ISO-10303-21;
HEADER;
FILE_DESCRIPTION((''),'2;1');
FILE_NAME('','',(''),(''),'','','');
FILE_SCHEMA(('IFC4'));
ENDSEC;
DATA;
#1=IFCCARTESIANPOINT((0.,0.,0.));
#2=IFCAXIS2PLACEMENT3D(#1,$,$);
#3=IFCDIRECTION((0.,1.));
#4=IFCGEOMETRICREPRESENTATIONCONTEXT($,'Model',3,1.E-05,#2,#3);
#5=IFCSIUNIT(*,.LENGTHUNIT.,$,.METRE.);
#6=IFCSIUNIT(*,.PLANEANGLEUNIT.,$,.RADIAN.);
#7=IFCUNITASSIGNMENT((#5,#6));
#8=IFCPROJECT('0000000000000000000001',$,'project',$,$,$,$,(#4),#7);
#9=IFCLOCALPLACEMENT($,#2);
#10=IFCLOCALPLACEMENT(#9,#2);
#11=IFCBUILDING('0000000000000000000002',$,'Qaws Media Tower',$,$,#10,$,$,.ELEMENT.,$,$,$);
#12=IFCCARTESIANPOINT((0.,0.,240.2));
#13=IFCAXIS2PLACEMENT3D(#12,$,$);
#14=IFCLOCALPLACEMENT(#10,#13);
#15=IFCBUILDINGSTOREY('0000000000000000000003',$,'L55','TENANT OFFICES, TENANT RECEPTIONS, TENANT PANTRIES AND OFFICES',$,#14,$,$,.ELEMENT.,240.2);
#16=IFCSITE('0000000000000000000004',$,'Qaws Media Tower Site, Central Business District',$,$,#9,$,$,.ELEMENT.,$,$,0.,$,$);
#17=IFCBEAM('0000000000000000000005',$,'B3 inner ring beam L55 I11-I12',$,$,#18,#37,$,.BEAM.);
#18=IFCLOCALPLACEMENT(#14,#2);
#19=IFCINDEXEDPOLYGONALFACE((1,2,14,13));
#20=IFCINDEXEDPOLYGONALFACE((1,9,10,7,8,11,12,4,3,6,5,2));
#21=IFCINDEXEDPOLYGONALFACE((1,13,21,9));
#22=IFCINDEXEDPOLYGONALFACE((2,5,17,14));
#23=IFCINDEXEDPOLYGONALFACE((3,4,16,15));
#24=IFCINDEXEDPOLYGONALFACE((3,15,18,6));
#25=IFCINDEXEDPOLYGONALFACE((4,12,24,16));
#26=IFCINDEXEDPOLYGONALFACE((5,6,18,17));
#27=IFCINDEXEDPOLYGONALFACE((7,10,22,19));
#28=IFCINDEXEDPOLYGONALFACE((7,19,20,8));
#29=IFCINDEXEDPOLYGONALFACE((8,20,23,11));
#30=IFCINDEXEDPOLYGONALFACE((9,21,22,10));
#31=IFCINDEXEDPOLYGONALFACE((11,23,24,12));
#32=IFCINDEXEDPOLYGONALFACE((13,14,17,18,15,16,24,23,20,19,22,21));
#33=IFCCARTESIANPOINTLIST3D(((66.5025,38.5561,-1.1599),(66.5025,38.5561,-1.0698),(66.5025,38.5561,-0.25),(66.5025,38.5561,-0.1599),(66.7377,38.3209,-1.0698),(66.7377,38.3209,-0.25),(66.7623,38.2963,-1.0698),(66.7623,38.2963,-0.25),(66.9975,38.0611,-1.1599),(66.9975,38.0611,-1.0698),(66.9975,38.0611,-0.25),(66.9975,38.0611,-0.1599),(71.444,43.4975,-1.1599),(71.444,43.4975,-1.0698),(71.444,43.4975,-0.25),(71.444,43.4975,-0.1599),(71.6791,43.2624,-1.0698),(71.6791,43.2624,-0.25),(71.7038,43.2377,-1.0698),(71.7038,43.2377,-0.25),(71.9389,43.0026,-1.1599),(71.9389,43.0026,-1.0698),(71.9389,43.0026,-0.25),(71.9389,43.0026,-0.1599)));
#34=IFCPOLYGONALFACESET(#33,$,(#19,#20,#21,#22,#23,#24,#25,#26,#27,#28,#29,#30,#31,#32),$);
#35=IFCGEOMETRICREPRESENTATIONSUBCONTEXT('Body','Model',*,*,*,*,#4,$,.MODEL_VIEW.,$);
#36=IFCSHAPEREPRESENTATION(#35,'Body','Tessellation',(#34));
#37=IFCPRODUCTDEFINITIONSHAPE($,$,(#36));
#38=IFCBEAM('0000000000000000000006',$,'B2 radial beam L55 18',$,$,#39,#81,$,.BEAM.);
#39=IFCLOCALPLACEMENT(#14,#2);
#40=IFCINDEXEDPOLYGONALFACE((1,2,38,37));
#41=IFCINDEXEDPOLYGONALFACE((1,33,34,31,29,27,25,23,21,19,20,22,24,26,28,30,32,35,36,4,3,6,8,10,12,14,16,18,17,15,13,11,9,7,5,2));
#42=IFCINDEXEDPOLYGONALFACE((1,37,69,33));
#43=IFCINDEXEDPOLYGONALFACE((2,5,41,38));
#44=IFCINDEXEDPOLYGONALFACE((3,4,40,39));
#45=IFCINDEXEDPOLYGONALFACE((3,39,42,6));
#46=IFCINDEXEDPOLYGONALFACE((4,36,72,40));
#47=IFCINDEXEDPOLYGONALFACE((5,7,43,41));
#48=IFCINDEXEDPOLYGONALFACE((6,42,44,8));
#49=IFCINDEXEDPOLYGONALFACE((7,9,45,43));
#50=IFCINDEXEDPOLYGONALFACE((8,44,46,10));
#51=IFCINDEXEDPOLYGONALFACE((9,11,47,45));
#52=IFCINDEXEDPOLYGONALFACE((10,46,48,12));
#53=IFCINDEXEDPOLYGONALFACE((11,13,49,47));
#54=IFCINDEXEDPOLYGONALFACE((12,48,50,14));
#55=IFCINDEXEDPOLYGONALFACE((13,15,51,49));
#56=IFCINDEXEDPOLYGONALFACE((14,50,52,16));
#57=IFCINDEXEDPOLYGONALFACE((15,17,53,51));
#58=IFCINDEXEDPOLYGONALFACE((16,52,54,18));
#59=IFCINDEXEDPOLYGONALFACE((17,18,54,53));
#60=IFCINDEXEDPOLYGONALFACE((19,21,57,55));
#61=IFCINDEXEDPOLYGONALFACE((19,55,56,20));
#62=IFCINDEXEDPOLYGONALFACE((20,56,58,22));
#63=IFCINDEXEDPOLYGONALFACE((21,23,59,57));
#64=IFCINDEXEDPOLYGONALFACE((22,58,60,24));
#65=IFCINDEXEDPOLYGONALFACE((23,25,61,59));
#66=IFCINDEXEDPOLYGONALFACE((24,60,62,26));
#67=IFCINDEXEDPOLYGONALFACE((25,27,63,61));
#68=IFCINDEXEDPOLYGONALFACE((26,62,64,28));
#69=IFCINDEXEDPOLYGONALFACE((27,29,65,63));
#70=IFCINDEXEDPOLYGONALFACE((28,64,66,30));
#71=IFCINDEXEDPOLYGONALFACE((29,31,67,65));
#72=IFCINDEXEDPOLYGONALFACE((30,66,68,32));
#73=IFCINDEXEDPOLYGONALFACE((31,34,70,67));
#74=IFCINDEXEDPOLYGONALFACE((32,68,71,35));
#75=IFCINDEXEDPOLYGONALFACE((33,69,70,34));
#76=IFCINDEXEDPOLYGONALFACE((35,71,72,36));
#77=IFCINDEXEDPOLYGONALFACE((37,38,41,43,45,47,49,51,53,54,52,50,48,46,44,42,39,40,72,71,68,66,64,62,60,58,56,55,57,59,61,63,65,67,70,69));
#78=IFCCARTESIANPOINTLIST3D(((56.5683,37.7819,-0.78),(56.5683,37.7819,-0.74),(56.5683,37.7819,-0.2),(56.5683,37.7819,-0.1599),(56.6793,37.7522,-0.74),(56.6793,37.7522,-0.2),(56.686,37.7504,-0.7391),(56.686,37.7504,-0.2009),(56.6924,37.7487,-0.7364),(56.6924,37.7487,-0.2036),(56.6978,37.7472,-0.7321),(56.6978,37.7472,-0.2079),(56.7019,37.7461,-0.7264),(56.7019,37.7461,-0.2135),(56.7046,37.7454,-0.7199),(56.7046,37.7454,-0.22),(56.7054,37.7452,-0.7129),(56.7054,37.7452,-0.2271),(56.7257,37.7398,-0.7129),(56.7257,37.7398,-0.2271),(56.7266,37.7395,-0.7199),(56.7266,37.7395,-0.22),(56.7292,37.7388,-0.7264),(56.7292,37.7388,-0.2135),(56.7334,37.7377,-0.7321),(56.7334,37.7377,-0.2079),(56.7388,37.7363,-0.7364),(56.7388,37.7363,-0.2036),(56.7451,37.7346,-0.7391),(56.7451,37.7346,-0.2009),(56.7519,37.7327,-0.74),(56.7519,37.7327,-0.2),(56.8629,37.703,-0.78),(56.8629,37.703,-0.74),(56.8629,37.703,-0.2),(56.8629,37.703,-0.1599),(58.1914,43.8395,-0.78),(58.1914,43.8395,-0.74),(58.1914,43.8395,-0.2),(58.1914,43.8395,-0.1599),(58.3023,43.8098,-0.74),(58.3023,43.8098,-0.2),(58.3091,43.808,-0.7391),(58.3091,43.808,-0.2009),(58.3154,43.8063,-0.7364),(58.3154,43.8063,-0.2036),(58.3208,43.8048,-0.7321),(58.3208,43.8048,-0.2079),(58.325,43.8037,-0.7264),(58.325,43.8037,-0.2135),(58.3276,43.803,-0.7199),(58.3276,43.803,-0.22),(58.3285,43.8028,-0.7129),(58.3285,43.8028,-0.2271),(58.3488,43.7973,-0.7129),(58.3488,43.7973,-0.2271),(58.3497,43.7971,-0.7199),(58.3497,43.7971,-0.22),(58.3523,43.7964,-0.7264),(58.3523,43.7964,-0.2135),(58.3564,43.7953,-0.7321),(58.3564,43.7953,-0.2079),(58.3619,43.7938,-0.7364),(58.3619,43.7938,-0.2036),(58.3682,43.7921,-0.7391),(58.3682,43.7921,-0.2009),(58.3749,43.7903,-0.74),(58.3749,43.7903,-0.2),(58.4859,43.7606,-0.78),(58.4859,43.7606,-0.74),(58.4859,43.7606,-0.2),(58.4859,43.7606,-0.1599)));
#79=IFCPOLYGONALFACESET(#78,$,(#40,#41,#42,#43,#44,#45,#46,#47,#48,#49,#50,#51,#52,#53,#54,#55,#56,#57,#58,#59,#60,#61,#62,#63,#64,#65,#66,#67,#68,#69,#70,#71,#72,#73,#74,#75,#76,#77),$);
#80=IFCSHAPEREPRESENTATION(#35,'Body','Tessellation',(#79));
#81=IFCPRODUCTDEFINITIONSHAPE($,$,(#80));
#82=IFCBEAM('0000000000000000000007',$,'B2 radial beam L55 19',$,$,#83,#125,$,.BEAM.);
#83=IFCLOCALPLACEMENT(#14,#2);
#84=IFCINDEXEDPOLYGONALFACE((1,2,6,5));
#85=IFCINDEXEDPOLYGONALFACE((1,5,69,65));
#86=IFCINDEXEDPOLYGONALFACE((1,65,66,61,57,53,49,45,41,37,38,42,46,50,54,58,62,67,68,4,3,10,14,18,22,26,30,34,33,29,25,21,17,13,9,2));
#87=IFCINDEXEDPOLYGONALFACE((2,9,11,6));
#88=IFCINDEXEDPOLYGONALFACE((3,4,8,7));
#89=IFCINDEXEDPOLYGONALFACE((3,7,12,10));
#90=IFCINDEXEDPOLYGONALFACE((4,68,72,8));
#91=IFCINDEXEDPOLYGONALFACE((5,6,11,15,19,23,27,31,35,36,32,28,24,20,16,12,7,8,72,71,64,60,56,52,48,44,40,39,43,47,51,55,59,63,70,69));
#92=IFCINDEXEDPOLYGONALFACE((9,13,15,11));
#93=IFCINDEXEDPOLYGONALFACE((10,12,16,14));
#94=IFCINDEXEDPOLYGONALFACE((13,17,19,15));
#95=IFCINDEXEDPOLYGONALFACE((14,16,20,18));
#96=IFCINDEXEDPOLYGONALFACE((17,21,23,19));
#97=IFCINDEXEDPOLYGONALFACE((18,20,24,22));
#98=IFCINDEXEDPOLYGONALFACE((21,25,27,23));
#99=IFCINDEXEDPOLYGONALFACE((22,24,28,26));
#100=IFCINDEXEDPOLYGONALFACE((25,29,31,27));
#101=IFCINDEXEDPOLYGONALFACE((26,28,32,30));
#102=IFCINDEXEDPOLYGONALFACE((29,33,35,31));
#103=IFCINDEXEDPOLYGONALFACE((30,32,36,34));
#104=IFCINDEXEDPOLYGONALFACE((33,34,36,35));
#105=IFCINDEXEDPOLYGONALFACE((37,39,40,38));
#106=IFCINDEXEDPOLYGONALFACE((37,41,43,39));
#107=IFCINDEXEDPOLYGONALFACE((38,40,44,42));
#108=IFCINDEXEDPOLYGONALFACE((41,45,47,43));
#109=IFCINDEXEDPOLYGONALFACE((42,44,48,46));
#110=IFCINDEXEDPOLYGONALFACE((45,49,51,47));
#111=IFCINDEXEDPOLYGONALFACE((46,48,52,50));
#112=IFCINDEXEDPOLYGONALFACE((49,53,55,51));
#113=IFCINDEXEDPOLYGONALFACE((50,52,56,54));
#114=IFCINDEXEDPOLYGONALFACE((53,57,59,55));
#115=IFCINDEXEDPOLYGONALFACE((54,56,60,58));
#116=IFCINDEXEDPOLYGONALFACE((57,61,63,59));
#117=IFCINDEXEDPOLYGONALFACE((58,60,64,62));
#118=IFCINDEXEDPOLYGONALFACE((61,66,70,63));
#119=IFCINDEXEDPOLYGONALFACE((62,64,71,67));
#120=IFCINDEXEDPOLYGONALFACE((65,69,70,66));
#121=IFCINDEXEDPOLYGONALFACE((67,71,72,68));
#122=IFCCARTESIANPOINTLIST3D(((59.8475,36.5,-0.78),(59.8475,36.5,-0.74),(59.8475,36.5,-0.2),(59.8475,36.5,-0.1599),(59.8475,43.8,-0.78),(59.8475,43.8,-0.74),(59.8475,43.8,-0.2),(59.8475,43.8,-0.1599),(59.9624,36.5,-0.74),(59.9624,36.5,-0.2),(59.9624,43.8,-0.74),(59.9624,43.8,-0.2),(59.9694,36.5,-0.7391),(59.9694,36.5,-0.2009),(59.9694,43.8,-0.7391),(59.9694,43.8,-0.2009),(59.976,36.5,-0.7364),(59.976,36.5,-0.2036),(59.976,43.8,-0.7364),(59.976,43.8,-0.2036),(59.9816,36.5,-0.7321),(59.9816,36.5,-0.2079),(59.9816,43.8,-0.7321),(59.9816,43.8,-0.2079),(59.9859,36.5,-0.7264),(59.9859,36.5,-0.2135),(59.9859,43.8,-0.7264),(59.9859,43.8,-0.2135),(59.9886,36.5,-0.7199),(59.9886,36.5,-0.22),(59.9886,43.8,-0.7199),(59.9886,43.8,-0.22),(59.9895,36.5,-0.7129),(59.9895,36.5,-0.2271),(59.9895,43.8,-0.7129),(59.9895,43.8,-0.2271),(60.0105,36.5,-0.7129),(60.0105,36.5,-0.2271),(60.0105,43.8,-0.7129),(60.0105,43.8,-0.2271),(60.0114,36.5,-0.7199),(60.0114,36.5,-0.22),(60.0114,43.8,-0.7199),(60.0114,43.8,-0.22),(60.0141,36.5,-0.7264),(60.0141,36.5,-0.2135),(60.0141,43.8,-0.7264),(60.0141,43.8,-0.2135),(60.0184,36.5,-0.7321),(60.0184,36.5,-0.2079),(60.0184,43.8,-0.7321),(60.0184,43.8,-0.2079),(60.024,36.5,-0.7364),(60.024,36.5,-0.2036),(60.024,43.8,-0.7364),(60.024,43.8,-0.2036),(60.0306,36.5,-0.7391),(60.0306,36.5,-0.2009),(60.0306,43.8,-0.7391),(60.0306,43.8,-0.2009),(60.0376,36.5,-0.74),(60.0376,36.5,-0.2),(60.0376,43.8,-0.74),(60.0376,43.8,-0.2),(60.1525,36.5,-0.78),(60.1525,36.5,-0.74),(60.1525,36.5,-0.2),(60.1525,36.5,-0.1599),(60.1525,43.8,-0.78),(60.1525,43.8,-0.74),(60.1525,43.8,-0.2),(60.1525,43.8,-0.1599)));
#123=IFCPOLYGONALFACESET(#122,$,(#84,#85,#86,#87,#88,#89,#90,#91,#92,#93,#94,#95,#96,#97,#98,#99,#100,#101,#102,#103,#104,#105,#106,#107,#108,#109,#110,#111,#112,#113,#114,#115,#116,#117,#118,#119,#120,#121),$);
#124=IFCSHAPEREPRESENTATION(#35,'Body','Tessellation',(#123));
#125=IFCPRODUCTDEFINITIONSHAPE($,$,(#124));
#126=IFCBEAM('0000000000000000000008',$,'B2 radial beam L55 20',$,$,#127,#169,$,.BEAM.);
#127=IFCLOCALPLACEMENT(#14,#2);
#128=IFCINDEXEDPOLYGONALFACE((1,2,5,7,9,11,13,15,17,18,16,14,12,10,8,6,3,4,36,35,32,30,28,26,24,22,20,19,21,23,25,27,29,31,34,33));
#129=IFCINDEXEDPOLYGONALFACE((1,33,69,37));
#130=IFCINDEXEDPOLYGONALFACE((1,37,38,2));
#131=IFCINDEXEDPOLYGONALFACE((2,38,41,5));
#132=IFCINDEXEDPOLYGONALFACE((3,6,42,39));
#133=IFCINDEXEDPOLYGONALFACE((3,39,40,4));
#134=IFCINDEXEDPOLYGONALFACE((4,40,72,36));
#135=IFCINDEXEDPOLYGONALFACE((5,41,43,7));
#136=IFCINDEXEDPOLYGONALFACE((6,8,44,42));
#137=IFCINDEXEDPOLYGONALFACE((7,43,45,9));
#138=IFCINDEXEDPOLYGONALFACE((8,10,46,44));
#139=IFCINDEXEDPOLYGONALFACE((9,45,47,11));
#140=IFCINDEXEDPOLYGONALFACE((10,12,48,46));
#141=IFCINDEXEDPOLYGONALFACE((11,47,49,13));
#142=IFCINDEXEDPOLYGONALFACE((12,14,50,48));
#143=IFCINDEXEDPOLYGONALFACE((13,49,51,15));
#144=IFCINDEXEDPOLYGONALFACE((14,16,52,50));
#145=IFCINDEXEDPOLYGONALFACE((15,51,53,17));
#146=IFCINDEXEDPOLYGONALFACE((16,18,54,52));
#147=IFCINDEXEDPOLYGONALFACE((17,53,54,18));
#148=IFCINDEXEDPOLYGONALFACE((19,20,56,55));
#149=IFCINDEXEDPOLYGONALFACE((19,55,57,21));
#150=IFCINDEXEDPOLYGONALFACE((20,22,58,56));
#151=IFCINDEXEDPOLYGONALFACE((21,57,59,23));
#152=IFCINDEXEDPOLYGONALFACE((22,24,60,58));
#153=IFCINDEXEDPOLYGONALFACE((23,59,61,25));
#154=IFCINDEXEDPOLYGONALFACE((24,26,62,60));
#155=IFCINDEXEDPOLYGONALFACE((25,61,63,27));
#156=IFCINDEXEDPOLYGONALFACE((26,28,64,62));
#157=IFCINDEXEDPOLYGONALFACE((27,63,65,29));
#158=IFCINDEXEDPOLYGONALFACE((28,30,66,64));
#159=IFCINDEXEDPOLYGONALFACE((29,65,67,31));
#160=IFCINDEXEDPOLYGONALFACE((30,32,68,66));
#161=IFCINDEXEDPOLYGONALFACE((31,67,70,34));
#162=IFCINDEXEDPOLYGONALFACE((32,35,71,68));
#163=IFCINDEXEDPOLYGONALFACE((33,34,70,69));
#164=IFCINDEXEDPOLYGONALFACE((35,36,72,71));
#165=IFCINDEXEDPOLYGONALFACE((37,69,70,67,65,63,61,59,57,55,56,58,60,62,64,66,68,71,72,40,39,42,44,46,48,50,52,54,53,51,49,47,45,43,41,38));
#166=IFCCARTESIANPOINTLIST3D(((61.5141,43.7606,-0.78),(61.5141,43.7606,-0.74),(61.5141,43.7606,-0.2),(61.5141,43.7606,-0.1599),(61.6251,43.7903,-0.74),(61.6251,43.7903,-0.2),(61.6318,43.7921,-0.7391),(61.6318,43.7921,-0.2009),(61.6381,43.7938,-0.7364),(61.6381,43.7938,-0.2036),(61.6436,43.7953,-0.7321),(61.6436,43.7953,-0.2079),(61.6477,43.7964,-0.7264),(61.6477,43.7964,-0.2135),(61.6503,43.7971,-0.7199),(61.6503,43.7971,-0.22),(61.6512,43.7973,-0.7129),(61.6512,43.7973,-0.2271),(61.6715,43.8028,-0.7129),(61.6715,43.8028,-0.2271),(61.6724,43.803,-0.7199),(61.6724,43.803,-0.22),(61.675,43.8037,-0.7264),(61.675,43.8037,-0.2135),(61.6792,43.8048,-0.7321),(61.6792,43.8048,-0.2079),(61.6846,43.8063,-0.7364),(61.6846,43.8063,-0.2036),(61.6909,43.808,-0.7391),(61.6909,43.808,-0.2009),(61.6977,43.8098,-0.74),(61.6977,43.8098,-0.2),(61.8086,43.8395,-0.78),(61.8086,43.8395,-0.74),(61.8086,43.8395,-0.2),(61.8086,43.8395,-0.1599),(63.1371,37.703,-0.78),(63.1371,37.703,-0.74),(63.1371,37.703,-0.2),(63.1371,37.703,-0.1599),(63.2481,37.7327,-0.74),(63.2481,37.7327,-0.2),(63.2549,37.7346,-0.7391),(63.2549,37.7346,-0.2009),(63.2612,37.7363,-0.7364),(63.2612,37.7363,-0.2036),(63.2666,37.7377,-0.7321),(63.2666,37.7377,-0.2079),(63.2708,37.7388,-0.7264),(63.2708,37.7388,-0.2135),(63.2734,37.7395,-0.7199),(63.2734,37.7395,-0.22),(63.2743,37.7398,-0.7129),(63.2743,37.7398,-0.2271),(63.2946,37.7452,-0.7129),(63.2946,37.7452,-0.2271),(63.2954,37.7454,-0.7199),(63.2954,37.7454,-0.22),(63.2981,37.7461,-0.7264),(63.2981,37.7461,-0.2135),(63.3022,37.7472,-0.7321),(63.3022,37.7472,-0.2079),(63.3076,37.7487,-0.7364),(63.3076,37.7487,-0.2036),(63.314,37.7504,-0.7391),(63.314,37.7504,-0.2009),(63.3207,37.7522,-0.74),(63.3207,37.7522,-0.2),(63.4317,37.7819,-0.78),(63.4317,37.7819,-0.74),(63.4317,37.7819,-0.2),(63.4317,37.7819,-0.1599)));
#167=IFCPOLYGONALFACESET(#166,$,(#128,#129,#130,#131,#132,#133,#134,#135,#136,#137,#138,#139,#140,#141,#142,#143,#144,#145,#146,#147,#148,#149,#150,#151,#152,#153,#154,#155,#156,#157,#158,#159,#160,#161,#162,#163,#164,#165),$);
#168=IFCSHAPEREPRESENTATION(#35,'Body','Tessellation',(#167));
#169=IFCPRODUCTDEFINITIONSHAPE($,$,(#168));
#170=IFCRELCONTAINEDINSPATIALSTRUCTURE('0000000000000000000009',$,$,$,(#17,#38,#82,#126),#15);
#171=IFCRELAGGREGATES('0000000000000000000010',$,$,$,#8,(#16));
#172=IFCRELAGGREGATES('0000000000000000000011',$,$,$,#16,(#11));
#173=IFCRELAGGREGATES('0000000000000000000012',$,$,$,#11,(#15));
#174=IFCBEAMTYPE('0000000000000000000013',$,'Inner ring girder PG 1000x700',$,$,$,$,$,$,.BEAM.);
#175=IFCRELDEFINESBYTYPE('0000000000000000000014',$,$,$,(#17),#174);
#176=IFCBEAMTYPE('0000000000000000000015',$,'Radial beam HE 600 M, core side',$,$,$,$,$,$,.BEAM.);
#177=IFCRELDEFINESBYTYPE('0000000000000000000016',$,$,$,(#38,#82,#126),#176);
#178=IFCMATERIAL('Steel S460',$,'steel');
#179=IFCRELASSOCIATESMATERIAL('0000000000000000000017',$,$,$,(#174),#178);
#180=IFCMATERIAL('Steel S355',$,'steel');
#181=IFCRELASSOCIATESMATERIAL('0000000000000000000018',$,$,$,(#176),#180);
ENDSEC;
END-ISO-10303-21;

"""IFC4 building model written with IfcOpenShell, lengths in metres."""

from ifc_helpers import new_model, si_unit, direction, frame, origin, origin_2d, place, context, subcontext, project, spatial, i_section, extrude, material, material_profile, profile_set, type_object, element, save


model = new_model("IFC4")

# Units and contexts
model_context = context("Model", 3, precision=1e-05, world=origin(), true_north=direction((0.0, 1.0)))
body_context = subcontext(model_context, "Body", "Model", "MODEL_VIEW")
ifc_project = project(units=[si_unit("LENGTHUNIT", "METRE"), si_unit("PLANEANGLEUNIT", "RADIAN")], contexts=[model_context])

# Site, building, storey
site_placement = place(None, origin())
site = spatial("IfcSite", under=ifc_project, at=site_placement, Name="Qaws Media Tower Site, Central Business District", CompositionType="ELEMENT", RefElevation=0.0)
building_placement = place(site_placement, origin())
building = spatial("IfcBuilding", under=site, at=building_placement, Name="Qaws Media Tower", CompositionType="ELEMENT")
storey_placement = place(building_placement, frame((0.0, 0.0, 240.2)))
storey = spatial("IfcBuildingStorey", under=building, at=storey_placement, Name="L55", Description="TENANT OFFICES, TENANT RECEPTIONS, TENANT PANTRIES AND OFFICES", CompositionType="ELEMENT", Elevation=240.2)

# Beams
ifc_material_1 = material(Name="Steel S460", Category="steel")
ifc_material_profile_1 = material_profile(ifc_material_1, i_section(OverallWidth=0.7, OverallDepth=1.0, WebThickness=0.0349, FlangeThickness=0.0901, at=origin_2d()), Name="PG 1000x700")
ifc_profile_set_1 = profile_set([ifc_material_profile_1], Name="Steel S460")
beam_type_1 = type_object("IfcBeamType", Name="Inner ring girder PG 1000x700", PredefinedType="BEAM", material=ifc_profile_set_1)
beam_1_placement = place(storey_placement, frame((66.75, 38.3086, -0.6599), z_axis=(0.707107, 0.707107, 0.0), x_axis=(-0.707107, 0.707107, 0.0)))
element("IfcBeam", 1, at=beam_1_placement, inside=storey, type_object=beam_type_1, Name="B3 inner ring beam L55 I11-I12", PredefinedType="BEAM", context=body_context, shape_type="SweptSolid", body=[
    extrude(i_section(OverallWidth=0.7, OverallDepth=1.0, WebThickness=0.0349, FlangeThickness=0.0901, at=origin_2d()), origin(), (0.0, 0.0, 1.0), 6.9883),
])
ifc_material_2 = material(Name="Steel S355", Category="steel")
ifc_material_profile_2 = material_profile(ifc_material_2, i_section(OverallWidth=0.3049, OverallDepth=0.6201, WebThickness=0.021, FlangeThickness=0.04, FilletRadius=0.0271, at=origin_2d()), Name="HE 600 M")
ifc_profile_set_2 = profile_set([ifc_material_profile_2], Name="Steel S355")
beam_type_2 = type_object("IfcBeamType", Name="Radial beam HE 600 M, core side", PredefinedType="BEAM", material=ifc_profile_set_2)
beam_2_placement = place(storey_placement, frame((58.3386, 43.8, -0.47), z_axis=(-0.258806, -0.965929, 0.0), x_axis=(0.965929, -0.258806, 0.0)))
element("IfcBeam", 2, at=beam_2_placement, inside=storey, type_object=beam_type_2, Name="B2 radial beam L55 18", PredefinedType="BEAM", context=body_context, shape_type="SweptSolid", body=[
    extrude(i_section(OverallWidth=0.3049, OverallDepth=0.6201, WebThickness=0.021, FlangeThickness=0.04, FilletRadius=0.0271, at=origin_2d()), origin(), (0.0, 0.0, 1.0), 6.2712),
])
beam_3_placement = place(storey_placement, frame((60.0, 43.8, -0.47), z_axis=(0.0, -1.0, 0.0), x_axis=(1.0, 0.0, 0.0)))
element("IfcBeam", 3, at=beam_3_placement, inside=storey, type_object=beam_type_2, Name="B2 radial beam L55 19", PredefinedType="BEAM", context=body_context, shape_type="SweptSolid", body=[
    extrude(i_section(OverallWidth=0.3049, OverallDepth=0.6201, WebThickness=0.021, FlangeThickness=0.04, FilletRadius=0.0271, at=origin_2d()), origin(), (0.0, 0.0, 1.0), 7.3),
])
beam_4_placement = place(storey_placement, frame((61.6614, 43.8, -0.47), z_axis=(0.258806, -0.965929, 0.0), x_axis=(0.965929, 0.258806, 0.0)))
element("IfcBeam", 4, at=beam_4_placement, inside=storey, type_object=beam_type_2, Name="B2 radial beam L55 20", PredefinedType="BEAM", context=body_context, shape_type="SweptSolid", body=[
    extrude(i_section(OverallWidth=0.3049, OverallDepth=0.6201, WebThickness=0.021, FlangeThickness=0.04, FilletRadius=0.0271, at=origin_2d()), origin(), (0.0, 0.0, 1.0), 6.2712),
])

save(model, "model.ifc")
